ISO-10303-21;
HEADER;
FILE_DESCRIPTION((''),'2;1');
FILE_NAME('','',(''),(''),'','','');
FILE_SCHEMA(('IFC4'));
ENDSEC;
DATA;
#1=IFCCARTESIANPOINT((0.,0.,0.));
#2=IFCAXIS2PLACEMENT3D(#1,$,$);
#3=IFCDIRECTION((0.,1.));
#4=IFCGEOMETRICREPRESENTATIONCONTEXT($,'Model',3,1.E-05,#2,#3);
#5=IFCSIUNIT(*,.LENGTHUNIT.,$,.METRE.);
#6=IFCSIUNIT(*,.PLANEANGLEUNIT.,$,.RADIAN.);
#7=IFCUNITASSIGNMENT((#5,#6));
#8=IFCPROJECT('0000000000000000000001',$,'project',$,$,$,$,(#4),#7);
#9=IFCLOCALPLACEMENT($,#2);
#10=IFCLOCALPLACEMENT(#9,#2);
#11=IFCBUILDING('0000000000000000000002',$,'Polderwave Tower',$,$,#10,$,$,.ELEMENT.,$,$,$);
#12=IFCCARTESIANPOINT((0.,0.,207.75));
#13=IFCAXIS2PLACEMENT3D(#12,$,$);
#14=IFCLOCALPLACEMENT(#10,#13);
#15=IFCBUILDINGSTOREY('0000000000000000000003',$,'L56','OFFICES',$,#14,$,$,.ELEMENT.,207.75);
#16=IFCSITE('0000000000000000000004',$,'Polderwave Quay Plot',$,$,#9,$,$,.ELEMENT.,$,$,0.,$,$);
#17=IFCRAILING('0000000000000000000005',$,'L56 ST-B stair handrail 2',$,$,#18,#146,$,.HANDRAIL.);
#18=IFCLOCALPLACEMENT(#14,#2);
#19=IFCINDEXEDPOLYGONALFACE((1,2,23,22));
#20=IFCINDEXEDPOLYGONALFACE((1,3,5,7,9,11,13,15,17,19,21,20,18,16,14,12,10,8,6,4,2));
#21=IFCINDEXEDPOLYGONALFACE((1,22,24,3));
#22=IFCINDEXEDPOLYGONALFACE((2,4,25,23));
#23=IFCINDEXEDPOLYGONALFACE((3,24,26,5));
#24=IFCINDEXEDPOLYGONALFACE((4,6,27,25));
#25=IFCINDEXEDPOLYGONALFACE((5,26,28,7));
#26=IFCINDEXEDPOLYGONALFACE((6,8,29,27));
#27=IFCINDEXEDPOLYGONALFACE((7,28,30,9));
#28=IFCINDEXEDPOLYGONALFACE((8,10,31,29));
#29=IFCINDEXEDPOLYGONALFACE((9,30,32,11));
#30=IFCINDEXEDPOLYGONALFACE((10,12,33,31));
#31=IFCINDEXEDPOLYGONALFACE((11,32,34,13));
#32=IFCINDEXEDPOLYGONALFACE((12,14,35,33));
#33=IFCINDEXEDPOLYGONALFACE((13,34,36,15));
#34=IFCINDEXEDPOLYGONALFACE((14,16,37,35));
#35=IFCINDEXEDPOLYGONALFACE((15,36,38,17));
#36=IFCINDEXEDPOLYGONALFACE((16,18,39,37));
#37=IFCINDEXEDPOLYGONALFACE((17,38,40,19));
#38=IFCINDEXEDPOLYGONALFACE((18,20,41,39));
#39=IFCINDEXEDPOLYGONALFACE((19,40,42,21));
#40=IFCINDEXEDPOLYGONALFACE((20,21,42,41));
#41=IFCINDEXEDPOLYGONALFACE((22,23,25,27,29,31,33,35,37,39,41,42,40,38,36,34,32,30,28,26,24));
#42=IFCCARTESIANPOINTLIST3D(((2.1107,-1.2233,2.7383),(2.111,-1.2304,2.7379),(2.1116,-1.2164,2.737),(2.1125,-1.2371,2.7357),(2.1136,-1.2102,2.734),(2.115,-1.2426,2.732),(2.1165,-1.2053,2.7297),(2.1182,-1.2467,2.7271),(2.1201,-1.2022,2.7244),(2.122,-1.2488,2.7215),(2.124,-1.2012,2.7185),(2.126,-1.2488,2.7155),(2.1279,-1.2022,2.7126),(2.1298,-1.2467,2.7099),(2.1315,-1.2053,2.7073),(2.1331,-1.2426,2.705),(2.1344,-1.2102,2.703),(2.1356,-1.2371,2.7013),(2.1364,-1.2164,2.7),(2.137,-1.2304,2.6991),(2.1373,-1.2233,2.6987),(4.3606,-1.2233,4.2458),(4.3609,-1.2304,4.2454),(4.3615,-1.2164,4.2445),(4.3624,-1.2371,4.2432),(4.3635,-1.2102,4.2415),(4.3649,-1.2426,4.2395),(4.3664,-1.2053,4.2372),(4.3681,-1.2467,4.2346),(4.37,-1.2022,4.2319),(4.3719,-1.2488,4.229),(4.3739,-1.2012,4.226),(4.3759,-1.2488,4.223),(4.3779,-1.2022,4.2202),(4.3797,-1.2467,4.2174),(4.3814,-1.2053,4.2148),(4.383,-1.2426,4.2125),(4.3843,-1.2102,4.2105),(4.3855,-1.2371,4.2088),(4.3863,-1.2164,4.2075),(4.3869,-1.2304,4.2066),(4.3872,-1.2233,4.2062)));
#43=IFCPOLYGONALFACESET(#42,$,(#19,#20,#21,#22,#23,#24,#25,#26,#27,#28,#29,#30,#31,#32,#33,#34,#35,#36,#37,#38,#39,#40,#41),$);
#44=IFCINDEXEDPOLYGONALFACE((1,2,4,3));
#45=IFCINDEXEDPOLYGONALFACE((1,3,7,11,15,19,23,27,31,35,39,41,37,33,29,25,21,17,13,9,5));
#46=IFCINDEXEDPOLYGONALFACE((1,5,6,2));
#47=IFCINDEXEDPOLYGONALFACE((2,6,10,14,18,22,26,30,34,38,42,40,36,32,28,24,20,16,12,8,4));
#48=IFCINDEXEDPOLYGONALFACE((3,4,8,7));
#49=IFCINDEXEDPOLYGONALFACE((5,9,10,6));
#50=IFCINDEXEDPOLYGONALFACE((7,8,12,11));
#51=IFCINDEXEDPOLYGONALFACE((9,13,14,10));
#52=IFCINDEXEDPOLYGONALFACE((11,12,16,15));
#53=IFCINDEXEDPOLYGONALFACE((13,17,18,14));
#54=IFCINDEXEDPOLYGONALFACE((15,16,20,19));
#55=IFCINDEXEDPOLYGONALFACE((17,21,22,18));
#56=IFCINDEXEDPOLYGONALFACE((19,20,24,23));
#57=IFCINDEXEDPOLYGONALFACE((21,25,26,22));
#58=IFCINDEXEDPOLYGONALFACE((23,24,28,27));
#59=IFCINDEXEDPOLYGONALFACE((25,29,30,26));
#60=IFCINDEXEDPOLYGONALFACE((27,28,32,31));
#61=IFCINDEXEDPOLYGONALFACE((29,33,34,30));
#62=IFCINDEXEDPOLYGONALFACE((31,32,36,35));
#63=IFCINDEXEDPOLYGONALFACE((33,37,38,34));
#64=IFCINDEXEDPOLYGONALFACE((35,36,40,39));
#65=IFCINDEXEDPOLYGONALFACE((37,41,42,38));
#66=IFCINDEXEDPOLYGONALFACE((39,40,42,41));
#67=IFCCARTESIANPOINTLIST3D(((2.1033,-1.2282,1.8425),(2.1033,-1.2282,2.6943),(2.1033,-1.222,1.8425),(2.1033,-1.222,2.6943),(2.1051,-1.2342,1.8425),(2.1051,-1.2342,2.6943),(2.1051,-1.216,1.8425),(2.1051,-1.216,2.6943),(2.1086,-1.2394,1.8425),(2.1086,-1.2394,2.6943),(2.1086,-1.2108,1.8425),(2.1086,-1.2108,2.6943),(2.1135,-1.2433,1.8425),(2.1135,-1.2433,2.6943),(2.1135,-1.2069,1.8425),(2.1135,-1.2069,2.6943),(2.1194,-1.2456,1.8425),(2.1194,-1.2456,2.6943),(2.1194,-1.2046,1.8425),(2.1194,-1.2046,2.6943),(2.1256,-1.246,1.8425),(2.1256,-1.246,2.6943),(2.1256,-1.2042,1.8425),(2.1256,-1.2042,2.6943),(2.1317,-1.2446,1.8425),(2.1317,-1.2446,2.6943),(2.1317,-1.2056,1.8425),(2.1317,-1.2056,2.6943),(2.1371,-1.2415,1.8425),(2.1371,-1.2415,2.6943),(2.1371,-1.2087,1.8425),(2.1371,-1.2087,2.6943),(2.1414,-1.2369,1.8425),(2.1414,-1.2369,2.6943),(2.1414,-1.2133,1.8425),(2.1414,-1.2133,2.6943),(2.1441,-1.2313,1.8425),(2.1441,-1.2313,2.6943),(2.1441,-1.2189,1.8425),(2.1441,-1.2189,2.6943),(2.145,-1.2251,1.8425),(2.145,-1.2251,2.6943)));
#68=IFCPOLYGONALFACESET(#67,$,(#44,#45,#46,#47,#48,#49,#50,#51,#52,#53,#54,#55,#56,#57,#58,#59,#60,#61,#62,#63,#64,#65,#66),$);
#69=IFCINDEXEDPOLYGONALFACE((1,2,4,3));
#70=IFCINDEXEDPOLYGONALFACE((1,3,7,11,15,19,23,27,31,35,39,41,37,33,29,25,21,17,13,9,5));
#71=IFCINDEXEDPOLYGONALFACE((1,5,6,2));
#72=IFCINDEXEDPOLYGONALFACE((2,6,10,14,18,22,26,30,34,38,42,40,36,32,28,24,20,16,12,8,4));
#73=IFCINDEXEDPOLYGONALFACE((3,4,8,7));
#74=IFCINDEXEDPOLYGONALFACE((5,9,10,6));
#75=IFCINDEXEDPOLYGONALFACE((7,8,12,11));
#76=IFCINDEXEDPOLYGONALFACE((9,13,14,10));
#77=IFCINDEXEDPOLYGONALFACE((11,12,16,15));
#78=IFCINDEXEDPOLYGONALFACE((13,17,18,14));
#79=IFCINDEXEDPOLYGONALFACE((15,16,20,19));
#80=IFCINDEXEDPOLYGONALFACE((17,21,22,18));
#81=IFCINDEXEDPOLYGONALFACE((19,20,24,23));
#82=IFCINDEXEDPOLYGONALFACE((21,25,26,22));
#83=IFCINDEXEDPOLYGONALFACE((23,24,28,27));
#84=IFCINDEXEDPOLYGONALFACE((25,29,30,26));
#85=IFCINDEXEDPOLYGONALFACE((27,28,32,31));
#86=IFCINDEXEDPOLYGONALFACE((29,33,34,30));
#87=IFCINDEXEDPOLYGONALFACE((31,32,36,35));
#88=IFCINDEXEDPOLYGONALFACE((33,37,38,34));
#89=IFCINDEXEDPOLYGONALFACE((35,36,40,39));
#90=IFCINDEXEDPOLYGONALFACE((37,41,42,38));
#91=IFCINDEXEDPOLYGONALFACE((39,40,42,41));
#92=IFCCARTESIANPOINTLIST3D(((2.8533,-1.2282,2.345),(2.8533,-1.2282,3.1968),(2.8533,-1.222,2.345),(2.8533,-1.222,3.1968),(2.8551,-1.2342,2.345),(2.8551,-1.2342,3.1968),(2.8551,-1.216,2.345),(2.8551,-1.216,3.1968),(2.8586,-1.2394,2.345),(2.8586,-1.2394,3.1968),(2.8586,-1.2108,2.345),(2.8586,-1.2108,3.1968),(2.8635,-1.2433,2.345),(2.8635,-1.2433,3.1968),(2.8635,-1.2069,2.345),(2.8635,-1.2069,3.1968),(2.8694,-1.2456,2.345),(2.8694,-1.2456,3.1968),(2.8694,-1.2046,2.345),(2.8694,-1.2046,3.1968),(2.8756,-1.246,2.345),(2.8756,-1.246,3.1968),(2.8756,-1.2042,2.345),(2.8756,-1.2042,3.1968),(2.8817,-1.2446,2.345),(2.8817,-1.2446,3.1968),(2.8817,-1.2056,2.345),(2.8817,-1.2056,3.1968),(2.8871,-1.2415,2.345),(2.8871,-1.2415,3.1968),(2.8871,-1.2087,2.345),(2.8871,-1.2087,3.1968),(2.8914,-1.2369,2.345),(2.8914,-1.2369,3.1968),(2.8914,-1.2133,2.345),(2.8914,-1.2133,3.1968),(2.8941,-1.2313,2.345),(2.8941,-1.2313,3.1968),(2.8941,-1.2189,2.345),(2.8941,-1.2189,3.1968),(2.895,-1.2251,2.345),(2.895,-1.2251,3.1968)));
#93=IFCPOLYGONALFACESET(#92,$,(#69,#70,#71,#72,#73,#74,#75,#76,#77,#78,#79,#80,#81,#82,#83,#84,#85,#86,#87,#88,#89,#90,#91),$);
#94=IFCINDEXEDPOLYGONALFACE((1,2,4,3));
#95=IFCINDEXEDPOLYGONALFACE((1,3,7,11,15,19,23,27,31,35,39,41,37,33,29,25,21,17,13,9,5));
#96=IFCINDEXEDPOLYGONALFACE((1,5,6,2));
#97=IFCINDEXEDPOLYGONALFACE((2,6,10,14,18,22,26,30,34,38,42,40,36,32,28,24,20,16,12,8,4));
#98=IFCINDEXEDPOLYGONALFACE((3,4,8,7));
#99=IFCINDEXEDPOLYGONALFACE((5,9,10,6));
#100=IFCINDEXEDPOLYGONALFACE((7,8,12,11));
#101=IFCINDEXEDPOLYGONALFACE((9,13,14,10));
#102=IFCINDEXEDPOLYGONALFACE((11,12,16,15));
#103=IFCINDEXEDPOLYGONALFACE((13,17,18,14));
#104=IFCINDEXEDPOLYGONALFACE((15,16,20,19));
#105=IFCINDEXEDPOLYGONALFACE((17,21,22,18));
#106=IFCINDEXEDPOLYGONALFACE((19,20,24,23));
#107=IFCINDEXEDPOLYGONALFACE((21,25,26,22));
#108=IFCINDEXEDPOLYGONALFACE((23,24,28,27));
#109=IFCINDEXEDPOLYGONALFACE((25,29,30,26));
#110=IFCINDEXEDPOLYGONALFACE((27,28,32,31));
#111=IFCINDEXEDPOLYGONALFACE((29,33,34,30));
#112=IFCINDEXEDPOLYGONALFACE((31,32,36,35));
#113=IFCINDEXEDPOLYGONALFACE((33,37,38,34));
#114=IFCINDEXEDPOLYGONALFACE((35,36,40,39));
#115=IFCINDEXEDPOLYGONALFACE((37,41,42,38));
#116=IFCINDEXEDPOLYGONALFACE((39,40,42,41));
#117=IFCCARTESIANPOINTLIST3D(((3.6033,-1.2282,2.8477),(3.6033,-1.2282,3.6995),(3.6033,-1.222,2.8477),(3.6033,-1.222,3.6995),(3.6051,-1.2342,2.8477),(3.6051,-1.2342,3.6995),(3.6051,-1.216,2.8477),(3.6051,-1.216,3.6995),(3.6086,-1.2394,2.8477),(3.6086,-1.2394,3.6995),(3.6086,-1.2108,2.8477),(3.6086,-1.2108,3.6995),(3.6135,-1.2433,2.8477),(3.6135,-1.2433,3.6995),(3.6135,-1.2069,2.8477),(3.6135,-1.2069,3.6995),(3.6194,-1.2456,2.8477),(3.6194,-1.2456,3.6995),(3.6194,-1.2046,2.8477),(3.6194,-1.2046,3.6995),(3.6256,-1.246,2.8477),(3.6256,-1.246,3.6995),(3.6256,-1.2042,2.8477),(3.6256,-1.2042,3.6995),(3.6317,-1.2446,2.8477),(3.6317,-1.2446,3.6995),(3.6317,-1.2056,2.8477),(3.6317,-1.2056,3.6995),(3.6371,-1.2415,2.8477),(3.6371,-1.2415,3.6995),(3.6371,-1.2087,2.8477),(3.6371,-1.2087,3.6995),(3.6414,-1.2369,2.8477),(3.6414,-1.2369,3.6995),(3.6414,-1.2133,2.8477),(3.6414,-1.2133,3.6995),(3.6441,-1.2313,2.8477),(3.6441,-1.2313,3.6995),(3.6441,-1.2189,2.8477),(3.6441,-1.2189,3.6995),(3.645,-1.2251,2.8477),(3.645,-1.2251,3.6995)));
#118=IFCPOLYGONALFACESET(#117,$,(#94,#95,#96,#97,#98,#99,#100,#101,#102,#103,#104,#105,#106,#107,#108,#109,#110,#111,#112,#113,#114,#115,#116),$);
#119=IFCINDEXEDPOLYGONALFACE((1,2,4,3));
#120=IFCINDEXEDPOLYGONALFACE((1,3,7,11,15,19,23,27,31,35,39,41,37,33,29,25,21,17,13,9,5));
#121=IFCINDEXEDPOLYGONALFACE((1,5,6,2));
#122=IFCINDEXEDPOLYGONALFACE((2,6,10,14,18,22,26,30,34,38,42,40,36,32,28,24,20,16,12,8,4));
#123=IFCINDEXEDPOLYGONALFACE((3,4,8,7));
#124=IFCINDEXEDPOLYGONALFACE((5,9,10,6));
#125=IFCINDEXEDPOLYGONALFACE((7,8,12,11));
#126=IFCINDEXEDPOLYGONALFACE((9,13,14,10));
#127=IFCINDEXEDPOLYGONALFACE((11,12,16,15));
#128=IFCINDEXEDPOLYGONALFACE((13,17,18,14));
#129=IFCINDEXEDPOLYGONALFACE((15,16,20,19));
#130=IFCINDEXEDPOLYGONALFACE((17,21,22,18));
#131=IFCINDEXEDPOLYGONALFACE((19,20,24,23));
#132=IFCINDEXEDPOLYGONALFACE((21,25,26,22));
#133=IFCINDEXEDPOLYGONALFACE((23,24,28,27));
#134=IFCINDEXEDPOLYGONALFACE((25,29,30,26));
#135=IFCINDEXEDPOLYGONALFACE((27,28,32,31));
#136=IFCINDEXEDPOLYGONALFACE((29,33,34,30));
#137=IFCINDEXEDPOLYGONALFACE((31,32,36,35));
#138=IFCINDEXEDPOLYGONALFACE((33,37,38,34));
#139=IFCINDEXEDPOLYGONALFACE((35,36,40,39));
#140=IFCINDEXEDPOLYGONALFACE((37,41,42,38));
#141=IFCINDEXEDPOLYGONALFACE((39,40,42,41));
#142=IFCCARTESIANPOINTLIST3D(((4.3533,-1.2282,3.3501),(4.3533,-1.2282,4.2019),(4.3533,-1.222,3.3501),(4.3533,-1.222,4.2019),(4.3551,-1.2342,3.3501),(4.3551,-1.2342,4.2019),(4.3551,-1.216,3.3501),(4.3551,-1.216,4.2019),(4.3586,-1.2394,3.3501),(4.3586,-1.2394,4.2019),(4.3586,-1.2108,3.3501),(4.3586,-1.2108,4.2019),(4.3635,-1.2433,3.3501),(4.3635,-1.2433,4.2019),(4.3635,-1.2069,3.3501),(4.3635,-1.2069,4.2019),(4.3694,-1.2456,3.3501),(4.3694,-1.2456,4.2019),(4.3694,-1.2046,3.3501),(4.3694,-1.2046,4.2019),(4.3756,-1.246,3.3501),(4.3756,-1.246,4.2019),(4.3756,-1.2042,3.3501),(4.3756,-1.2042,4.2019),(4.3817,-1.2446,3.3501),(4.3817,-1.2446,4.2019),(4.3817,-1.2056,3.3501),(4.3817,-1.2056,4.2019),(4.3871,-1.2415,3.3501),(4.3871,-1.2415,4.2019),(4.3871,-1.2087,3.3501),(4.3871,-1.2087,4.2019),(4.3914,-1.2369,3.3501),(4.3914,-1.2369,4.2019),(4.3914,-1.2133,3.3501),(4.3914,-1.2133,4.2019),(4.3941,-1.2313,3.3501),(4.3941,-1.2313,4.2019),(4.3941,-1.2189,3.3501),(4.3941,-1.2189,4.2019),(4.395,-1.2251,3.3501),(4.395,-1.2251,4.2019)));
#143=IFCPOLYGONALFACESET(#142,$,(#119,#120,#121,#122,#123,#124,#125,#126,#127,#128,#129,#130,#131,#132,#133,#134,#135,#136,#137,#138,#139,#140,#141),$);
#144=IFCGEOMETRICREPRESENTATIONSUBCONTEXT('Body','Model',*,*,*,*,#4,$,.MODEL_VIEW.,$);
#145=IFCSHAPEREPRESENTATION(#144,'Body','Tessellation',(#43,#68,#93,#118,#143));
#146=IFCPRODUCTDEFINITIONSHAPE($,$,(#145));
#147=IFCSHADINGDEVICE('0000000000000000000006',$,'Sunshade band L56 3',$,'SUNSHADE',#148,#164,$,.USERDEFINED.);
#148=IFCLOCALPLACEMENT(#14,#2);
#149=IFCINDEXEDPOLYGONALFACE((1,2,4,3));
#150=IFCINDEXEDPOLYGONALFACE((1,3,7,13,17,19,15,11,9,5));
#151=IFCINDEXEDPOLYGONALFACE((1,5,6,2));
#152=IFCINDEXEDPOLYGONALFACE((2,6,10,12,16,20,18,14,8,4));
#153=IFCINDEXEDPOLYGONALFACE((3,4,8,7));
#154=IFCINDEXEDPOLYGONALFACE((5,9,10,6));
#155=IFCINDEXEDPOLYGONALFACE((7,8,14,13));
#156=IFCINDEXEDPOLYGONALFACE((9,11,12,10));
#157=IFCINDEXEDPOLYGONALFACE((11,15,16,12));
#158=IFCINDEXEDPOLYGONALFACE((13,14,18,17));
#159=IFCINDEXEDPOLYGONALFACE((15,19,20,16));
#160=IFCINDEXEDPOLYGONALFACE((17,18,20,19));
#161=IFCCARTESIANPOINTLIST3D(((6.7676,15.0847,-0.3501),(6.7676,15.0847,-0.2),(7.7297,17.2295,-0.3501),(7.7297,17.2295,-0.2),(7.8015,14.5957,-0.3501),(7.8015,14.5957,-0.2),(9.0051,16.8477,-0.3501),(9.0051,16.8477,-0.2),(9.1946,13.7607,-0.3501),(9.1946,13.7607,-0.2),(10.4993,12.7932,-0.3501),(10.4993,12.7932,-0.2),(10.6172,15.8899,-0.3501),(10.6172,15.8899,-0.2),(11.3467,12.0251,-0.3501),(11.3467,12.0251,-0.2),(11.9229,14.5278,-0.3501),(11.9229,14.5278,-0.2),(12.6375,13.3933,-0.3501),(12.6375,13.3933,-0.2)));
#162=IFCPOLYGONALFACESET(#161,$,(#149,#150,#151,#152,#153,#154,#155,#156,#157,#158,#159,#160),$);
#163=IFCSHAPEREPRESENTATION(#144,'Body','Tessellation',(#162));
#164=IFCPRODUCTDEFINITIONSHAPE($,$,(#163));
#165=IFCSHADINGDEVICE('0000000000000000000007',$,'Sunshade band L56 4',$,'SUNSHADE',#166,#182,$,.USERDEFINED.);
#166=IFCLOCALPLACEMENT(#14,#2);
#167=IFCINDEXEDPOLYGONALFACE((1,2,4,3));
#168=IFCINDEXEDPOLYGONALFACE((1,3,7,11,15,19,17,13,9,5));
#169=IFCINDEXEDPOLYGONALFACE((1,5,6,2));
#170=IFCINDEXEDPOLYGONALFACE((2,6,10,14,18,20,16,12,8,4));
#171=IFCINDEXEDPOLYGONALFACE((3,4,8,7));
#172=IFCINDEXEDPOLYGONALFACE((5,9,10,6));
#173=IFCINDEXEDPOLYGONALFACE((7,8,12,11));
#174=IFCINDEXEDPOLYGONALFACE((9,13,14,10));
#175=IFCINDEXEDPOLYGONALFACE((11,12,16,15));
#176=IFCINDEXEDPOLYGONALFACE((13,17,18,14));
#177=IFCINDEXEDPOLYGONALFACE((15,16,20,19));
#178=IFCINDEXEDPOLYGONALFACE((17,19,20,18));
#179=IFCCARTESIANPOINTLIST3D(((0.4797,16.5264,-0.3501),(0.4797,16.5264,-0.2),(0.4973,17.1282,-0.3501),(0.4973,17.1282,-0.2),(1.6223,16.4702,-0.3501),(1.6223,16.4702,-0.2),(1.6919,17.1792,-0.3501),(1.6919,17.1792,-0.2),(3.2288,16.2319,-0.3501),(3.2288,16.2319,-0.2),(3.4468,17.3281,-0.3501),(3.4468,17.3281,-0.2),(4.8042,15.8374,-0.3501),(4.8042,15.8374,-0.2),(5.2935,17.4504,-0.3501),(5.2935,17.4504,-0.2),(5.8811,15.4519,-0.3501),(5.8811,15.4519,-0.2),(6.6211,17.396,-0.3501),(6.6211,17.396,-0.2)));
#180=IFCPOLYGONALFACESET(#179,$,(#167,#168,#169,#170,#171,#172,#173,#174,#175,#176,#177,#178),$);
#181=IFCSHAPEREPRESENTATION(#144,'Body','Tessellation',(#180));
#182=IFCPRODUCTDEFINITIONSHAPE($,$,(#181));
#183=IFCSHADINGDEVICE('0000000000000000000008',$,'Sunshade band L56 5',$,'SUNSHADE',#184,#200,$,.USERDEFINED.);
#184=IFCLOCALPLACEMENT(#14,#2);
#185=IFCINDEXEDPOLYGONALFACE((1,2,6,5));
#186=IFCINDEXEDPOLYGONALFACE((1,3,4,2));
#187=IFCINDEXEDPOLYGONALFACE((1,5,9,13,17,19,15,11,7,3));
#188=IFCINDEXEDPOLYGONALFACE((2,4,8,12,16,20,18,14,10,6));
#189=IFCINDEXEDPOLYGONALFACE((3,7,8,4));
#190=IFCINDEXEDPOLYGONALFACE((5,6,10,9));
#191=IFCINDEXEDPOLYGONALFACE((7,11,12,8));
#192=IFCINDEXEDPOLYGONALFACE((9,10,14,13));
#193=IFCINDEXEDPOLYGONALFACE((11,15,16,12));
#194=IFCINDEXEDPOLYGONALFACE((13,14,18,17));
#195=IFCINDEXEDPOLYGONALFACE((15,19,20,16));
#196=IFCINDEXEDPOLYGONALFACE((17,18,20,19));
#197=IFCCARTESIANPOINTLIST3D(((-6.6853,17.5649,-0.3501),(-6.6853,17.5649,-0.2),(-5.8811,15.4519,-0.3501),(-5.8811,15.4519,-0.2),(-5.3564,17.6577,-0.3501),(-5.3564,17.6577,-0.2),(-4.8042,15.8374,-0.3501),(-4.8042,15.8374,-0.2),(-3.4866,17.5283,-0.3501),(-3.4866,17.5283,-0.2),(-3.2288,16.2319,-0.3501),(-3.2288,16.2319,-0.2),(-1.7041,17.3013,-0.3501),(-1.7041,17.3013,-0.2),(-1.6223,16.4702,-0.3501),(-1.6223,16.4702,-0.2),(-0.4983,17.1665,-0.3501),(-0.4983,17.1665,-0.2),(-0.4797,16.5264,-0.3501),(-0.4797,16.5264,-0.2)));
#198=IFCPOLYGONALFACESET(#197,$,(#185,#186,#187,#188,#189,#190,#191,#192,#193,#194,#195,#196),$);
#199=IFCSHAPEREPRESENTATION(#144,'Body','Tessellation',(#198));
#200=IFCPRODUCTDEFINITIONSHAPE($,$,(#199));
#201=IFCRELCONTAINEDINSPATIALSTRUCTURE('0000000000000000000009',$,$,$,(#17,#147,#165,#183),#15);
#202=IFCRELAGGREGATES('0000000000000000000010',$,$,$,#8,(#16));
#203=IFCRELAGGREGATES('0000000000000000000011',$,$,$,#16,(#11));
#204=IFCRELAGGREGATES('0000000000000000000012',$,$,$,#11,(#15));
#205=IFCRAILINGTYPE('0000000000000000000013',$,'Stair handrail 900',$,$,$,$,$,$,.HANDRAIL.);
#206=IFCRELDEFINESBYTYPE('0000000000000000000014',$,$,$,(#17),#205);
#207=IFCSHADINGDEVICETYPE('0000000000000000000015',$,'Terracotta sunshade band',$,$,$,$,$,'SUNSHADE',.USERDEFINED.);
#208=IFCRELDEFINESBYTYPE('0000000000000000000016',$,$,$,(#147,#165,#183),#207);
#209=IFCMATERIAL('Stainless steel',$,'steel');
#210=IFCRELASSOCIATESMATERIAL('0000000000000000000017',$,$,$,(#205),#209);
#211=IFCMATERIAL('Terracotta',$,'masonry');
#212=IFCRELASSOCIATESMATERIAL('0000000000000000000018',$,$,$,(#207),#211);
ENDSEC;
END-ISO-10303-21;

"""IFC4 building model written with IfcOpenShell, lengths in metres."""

from ifc_helpers import new_model, si_unit, direction, frame, origin, origin_2d, place, context, subcontext, project, spatial, polyline, circle, outline, extrude, material, type_object, element, save


model = new_model("IFC4")

# Units and contexts
model_context = context("Model", 3, precision=1e-05, world=origin(), true_north=direction((0.0, 1.0)))
body_context = subcontext(model_context, "Body", "Model", "MODEL_VIEW")
ifc_project = project(units=[si_unit("LENGTHUNIT", "METRE"), si_unit("PLANEANGLEUNIT", "RADIAN")], contexts=[model_context])

# Site, building, storey
site_placement = place(None, origin())
site = spatial("IfcSite", under=ifc_project, at=site_placement, Name="Polderwave Quay Plot", CompositionType="ELEMENT", RefElevation=0.0)
building_placement = place(site_placement, origin())
building = spatial("IfcBuilding", under=site, at=building_placement, Name="Polderwave Tower", CompositionType="ELEMENT")
storey_placement = place(building_placement, frame((0.0, 0.0, 207.75)))
storey = spatial("IfcBuildingStorey", under=building, at=storey_placement, Name="L56", Description="OFFICES", CompositionType="ELEMENT", Elevation=207.75)

# Railing
ifc_material_1 = material(Name="Stainless steel", Category="steel")
railing_type_1 = type_object("IfcRailingType", Name="Stair handrail 900", PredefinedType="HANDRAIL", material=ifc_material_1)
railing_1_placement = place(storey_placement, frame((2.124, -1.2251, 1.8425)))
element("IfcRailing", 1, at=railing_1_placement, inside=storey, type_object=railing_type_1, Name="L56 ST-B stair handrail 2", PredefinedType="HANDRAIL", context=body_context, shape_type="SweptSolid", body=[
    extrude(circle(Radius=0.0239, at=origin_2d()), frame((0.0, 0.0, 0.876), z_axis=(0.830758, 0.0, 0.556633), x_axis=(0.0, 1.0, 0.0)), (0.0, 0.0, 1.0), 2.7083),
    extrude(circle(Radius=0.021, at=origin_2d()), origin(), (0.0, 0.0, 1.0), 0.8518),
    extrude(circle(Radius=0.021, at=origin_2d()), frame((0.75, 0.0, 0.5024)), (0.0, 0.0, 1.0), 0.8518),
    extrude(circle(Radius=0.021, at=origin_2d()), frame((1.5, 0.0, 1.0051)), (0.0, 0.0, 1.0), 0.8518),
    extrude(circle(Radius=0.021, at=origin_2d()), frame((2.25, 0.0, 1.5076)), (0.0, 0.0, 1.0), 0.8518),
])

# Shading devices
ifc_material_2 = material(Name="Terracotta", Category="masonry")
shading_device_type = type_object("IfcShadingDeviceType", Name="Terracotta sunshade band", ElementType="SUNSHADE", PredefinedType="USERDEFINED", material=ifc_material_2)
shading_device_1_placement = place(storey_placement, frame((0.0, 0.0, -0.3501)))
element("IfcShadingDevice", 2, at=shading_device_1_placement, inside=storey, type_object=shading_device_type, Name="Sunshade band L56 3", ObjectType="SUNSHADE", PredefinedType="USERDEFINED", context=body_context, shape_type="SweptSolid", body=[
    extrude(outline(polyline([(11.3467, 12.0251), (10.4993, 12.7932), (9.1946, 13.7607), (7.8015, 14.5957), (6.7676, 15.0847), (7.7297, 17.2295), (9.0051, 16.8477), (10.6172, 15.8899), (11.9229, 14.5278), (12.6375, 13.3933), (11.3467, 12.0251)])), origin(), (0.0, 0.0, 1.0), 0.1501),
])
shading_device_2_placement = place(storey_placement, frame((0.0, 0.0, -0.3501)))
element("IfcShadingDevice", 3, at=shading_device_2_placement, inside=storey, type_object=shading_device_type, Name="Sunshade band L56 4", ObjectType="SUNSHADE", PredefinedType="USERDEFINED", context=body_context, shape_type="SweptSolid", body=[
    extrude(outline(polyline([(5.8811, 15.4519), (4.8042, 15.8374), (3.2288, 16.2319), (1.6223, 16.4702), (0.4797, 16.5264), (0.4973, 17.1282), (1.6919, 17.1792), (3.4468, 17.3281), (5.2935, 17.4504), (6.6211, 17.396), (5.8811, 15.4519)])), origin(), (0.0, 0.0, 1.0), 0.1501),
])
shading_device_3_placement = place(storey_placement, frame((0.0, 0.0, -0.3501)))
element("IfcShadingDevice", 4, at=shading_device_3_placement, inside=storey, type_object=shading_device_type, Name="Sunshade band L56 5", ObjectType="SUNSHADE", PredefinedType="USERDEFINED", context=body_context, shape_type="SweptSolid", body=[
    extrude(outline(polyline([(-0.4797, 16.5264), (-1.6223, 16.4702), (-3.2288, 16.2319), (-4.8042, 15.8374), (-5.8811, 15.4519), (-6.6853, 17.5649), (-5.3564, 17.6577), (-3.4866, 17.5283), (-1.7041, 17.3013), (-0.4983, 17.1665), (-0.4797, 16.5264)])), origin(), (0.0, 0.0, 1.0), 0.1501),
])

save(model, "model.ifc")
